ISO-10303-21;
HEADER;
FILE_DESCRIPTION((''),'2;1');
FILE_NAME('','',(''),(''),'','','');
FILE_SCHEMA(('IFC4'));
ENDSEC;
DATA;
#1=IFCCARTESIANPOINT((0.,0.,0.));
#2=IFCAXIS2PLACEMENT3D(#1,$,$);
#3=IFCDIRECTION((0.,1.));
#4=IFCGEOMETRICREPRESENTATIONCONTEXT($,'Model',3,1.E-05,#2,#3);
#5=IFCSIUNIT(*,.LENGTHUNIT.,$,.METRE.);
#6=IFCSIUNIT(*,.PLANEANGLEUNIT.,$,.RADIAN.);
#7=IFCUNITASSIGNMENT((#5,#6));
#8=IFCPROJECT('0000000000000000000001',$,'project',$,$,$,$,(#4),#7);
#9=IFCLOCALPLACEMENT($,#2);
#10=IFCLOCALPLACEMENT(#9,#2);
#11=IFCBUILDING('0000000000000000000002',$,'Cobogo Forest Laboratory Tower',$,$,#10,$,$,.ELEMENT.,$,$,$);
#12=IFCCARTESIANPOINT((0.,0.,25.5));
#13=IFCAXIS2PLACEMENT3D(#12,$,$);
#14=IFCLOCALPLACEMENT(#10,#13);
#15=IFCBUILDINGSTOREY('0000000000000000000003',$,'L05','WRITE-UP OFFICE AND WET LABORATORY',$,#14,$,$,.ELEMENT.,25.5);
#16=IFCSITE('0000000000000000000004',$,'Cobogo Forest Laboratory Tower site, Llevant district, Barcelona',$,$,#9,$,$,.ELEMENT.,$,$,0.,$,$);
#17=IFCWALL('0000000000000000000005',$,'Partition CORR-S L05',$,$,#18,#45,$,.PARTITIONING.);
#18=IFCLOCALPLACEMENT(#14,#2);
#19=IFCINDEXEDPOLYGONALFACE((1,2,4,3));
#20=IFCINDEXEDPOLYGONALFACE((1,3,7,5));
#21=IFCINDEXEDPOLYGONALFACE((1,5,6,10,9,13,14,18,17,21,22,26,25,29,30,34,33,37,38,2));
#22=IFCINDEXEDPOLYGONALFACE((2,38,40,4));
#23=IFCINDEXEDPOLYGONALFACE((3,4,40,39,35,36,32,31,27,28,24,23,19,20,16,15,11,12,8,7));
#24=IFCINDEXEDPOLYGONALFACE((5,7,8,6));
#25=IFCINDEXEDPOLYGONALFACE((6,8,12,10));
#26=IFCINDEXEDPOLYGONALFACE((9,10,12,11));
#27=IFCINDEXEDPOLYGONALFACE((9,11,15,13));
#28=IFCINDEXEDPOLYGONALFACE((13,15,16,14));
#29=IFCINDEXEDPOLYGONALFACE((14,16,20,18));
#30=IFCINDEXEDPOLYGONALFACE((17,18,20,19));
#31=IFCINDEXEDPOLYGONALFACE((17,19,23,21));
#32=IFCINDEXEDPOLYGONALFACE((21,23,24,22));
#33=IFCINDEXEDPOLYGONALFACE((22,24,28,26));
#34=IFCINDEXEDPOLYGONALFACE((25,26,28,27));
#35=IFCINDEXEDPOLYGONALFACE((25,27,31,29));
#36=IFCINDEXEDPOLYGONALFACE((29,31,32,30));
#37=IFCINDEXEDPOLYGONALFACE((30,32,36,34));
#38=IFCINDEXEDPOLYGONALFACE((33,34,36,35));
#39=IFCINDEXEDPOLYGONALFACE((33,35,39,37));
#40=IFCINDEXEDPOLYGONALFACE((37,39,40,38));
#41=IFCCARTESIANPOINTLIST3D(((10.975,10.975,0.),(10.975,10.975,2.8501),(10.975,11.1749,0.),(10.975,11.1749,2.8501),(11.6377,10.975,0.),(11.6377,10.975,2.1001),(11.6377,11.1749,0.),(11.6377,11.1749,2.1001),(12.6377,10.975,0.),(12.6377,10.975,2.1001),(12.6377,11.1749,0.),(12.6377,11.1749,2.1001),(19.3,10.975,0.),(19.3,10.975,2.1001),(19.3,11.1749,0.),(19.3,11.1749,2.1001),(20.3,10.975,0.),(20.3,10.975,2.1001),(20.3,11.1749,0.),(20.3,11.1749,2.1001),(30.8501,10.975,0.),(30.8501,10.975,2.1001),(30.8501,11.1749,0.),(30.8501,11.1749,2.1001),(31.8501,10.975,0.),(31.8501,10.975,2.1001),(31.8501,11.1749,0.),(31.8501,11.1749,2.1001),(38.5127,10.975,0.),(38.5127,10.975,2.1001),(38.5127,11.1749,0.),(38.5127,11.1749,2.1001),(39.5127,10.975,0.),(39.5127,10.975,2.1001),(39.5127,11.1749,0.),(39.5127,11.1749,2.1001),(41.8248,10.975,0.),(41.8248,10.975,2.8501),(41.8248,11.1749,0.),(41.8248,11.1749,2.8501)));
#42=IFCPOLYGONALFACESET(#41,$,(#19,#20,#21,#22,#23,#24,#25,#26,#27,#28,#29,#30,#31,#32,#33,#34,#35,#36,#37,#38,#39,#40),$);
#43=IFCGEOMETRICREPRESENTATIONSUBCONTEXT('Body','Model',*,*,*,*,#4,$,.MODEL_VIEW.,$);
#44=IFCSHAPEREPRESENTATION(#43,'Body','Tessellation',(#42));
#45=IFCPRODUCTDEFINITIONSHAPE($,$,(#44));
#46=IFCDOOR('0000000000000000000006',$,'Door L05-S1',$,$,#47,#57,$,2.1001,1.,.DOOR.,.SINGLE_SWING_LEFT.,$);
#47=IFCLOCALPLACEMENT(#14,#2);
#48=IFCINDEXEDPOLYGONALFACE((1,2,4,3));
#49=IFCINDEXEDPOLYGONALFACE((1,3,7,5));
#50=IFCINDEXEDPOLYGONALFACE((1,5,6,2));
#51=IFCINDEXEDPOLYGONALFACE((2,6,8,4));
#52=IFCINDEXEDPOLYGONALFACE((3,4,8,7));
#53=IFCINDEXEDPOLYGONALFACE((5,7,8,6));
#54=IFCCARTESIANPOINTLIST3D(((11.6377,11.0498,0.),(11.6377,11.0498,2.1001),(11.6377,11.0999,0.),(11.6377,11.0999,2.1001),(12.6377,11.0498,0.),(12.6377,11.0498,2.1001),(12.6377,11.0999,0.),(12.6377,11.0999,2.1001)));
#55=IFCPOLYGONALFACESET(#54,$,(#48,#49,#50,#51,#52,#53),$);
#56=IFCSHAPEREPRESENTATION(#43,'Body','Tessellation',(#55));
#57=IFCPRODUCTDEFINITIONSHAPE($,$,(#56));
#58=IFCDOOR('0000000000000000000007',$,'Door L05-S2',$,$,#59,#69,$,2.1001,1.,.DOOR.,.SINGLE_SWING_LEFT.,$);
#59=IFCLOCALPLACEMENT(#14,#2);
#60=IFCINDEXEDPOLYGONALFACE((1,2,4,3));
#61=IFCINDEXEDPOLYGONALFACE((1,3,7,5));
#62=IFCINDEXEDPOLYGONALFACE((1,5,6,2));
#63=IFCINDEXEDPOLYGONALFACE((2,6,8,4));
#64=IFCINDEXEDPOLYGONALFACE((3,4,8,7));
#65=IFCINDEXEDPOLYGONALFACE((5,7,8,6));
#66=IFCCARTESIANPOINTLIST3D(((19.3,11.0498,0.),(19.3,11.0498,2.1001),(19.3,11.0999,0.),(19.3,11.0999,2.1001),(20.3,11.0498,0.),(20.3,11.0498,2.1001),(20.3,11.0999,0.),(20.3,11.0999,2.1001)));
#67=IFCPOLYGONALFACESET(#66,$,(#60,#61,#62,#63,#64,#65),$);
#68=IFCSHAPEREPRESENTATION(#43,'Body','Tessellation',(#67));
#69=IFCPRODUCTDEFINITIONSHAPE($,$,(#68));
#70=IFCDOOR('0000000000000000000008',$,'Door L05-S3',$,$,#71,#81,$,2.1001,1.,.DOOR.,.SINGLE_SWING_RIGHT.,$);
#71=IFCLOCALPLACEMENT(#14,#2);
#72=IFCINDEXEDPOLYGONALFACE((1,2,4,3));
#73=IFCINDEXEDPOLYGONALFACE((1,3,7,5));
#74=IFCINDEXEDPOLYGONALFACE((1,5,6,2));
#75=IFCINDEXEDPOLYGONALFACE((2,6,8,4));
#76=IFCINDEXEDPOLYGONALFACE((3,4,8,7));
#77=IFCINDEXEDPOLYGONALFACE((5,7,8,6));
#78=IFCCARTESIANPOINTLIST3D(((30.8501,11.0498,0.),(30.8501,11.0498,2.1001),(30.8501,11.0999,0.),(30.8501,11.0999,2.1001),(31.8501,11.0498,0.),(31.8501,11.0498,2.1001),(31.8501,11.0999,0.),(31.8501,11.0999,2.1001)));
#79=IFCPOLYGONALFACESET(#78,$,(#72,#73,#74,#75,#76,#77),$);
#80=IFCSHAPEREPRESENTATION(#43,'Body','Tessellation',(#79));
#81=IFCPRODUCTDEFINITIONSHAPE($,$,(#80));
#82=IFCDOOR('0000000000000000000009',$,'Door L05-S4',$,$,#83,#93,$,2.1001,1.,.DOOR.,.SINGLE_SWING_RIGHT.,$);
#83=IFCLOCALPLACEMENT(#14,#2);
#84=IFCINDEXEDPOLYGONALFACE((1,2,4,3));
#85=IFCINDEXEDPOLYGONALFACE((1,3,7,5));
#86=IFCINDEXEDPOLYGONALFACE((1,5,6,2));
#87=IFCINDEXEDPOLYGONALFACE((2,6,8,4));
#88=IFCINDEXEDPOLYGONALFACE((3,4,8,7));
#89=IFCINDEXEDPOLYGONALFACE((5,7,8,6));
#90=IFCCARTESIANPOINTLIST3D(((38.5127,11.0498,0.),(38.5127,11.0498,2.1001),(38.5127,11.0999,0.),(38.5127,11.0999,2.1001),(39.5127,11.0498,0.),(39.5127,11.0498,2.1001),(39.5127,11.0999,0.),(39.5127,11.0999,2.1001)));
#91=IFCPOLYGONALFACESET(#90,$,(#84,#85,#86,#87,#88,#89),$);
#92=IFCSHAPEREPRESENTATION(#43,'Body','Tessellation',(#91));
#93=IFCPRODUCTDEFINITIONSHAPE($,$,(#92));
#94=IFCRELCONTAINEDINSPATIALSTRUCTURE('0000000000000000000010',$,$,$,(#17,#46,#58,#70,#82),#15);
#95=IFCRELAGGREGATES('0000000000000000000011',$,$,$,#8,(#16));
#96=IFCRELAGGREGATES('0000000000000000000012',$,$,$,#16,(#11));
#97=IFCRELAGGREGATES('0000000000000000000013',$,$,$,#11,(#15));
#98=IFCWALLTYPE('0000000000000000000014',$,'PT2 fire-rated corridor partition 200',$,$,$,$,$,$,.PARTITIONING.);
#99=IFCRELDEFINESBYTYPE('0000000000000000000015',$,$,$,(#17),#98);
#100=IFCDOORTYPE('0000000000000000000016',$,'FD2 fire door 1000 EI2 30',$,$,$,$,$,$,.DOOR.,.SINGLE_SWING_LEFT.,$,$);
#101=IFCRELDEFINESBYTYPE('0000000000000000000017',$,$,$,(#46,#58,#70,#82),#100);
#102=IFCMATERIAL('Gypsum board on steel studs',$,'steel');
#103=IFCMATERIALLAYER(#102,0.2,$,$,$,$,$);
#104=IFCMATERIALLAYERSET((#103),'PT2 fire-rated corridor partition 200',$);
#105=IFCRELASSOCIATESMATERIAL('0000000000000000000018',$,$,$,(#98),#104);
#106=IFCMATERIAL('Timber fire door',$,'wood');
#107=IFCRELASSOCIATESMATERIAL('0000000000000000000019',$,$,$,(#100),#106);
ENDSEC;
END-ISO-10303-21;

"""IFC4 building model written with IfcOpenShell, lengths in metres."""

from ifc_helpers import new_model, si_unit, direction, frame, frame_2d, origin, place, context, subcontext, project, spatial, rectangle, extrude, material, layer, layer_set, type_object, element, fill, save


model = new_model("IFC4")

# Units and contexts
model_context = context("Model", 3, precision=1e-05, world=origin(), true_north=direction((0.0, 1.0)))
body_context = subcontext(model_context, "Body", "Model", "MODEL_VIEW")
ifc_project = project(units=[si_unit("LENGTHUNIT", "METRE"), si_unit("PLANEANGLEUNIT", "RADIAN")], contexts=[model_context])

# Site, building, storey
site_placement = place(None, origin())
site = spatial("IfcSite", under=ifc_project, at=site_placement, Name="Cobogo Forest Laboratory Tower site, Llevant district, Barcelona", CompositionType="ELEMENT", RefElevation=0.0)
building_placement = place(site_placement, origin())
building = spatial("IfcBuilding", under=site, at=building_placement, Name="Cobogo Forest Laboratory Tower", CompositionType="ELEMENT")
storey_placement = place(building_placement, frame((0.0, 0.0, 25.5)))
storey = spatial("IfcBuildingStorey", under=building, at=storey_placement, Name="L05", Description="WRITE-UP OFFICE AND WET LABORATORY", CompositionType="ELEMENT", Elevation=25.5)

# Shared definitions
ifc_material_1 = material(Name="Gypsum board on steel studs", Category="steel")

# Wall, openings, doors
ifc_layer_1 = layer(ifc_material_1, 0.2)
ifc_layer_set_1 = layer_set([ifc_layer_1], Name="PT2 fire-rated corridor partition 200")
wall_type_1 = type_object("IfcWallType", Name="PT2 fire-rated corridor partition 200", PredefinedType="PARTITIONING", material=ifc_layer_set_1)
wall_1_placement = place(storey_placement, frame((10.9751, 11.075, 0.0), z_axis=(0.0, 0.0, 1.0), x_axis=(1.0, 0.0, 0.0)))
wall_1 = element("IfcWall", 1, at=wall_1_placement, inside=storey, type_object=wall_type_1, Name="Partition CORR-S L05", PredefinedType="PARTITIONING", context=body_context, shape_type="SweptSolid", body=[
    extrude(rectangle(XDim=30.8499, YDim=0.2, at=frame_2d((15.4248, 0.0))), origin(), (0.0, 0.0, 1.0), 2.8501),
])
opening_1_placement = place(wall_1_placement, frame((0.6626, 0.0, 0.0)))
opening_1 = element("IfcOpeningElement", 2, at=opening_1_placement, cuts=wall_1, PredefinedType="OPENING", context=body_context, shape_type="SweptSolid", body=[
    extrude(rectangle(XDim=1.0, YDim=2.1001, at=frame_2d((0.5, 1.05))), frame((0.0, 0.1099, 0.0), z_axis=(0.0, -1.0, 0.0), x_axis=(1.0, 0.0, 0.0)), (0.0, 0.0, 1.0), 0.22),
])
opening_2_placement = place(wall_1_placement, frame((8.325, 0.0, 0.0)))
opening_2 = element("IfcOpeningElement", 3, at=opening_2_placement, cuts=wall_1, PredefinedType="OPENING", context=body_context, shape_type="SweptSolid", body=[
    extrude(rectangle(XDim=1.0, YDim=2.1001, at=frame_2d((0.5, 1.05))), frame((0.0, 0.1099, 0.0), z_axis=(0.0, -1.0, 0.0), x_axis=(1.0, 0.0, 0.0)), (0.0, 0.0, 1.0), 0.22),
])
opening_3_placement = place(wall_1_placement, frame((19.875, 0.0, 0.0)))
opening_3 = element("IfcOpeningElement", 4, at=opening_3_placement, cuts=wall_1, PredefinedType="OPENING", context=body_context, shape_type="SweptSolid", body=[
    extrude(rectangle(XDim=1.0, YDim=2.1001, at=frame_2d((0.5, 1.05))), frame((0.0, 0.1099, 0.0), z_axis=(0.0, -1.0, 0.0), x_axis=(1.0, 0.0, 0.0)), (0.0, 0.0, 1.0), 0.22),
])
opening_4_placement = place(wall_1_placement, frame((27.5376, 0.0, 0.0)))
opening_4 = element("IfcOpeningElement", 5, at=opening_4_placement, cuts=wall_1, PredefinedType="OPENING", context=body_context, shape_type="SweptSolid", body=[
    extrude(rectangle(XDim=1.0, YDim=2.1001, at=frame_2d((0.5, 1.05))), frame((0.0, 0.1099, 0.0), z_axis=(0.0, -1.0, 0.0), x_axis=(1.0, 0.0, 0.0)), (0.0, 0.0, 1.0), 0.22),
])
ifc_material_2 = material(Name="Timber fire door", Category="wood")
door_type_1 = type_object("IfcDoorType", Name="FD2 fire door 1000 EI2 30", OperationType="SINGLE_SWING_LEFT", PredefinedType="DOOR", material=ifc_material_2)
door_1_placement = place(opening_1_placement, origin())
door_1 = element("IfcDoor", 6, at=door_1_placement, inside=storey, type_object=door_type_1, Name="Door L05-S1", OperationType="SINGLE_SWING_LEFT", OverallHeight=2.1001, OverallWidth=1.0, PredefinedType="DOOR", context=body_context, shape_type="SweptSolid", body=[
    extrude(rectangle(XDim=1.0, YDim=2.1001, at=frame_2d((0.5, 1.05))), frame((0.0, 0.0249, 0.0), z_axis=(0.0, -1.0, 0.0), x_axis=(1.0, 0.0, 0.0)), (0.0, 0.0, 1.0), 0.05),
])
fill(opening_1, door_1)
door_2_placement = place(opening_2_placement, origin())
door_2 = element("IfcDoor", 7, at=door_2_placement, inside=storey, type_object=door_type_1, Name="Door L05-S2", OperationType="SINGLE_SWING_LEFT", OverallHeight=2.1001, OverallWidth=1.0, PredefinedType="DOOR", context=body_context, shape_type="SweptSolid", body=[
    extrude(rectangle(XDim=1.0, YDim=2.1001, at=frame_2d((0.5, 1.05))), frame((0.0, 0.0249, 0.0), z_axis=(0.0, -1.0, 0.0), x_axis=(1.0, 0.0, 0.0)), (0.0, 0.0, 1.0), 0.05),
])
fill(opening_2, door_2)
door_3_placement = place(opening_3_placement, origin())
door_3 = element("IfcDoor", 8, at=door_3_placement, inside=storey, type_object=door_type_1, Name="Door L05-S3", OperationType="SINGLE_SWING_RIGHT", OverallHeight=2.1001, OverallWidth=1.0, PredefinedType="DOOR", context=body_context, shape_type="SweptSolid", body=[
    extrude(rectangle(XDim=1.0, YDim=2.1001, at=frame_2d((0.5, 1.05))), frame((0.0, 0.0249, 0.0), z_axis=(0.0, -1.0, 0.0), x_axis=(1.0, 0.0, 0.0)), (0.0, 0.0, 1.0), 0.05),
])
fill(opening_3, door_3)
door_4_placement = place(opening_4_placement, origin())
door_4 = element("IfcDoor", 9, at=door_4_placement, inside=storey, type_object=door_type_1, Name="Door L05-S4", OperationType="SINGLE_SWING_RIGHT", OverallHeight=2.1001, OverallWidth=1.0, PredefinedType="DOOR", context=body_context, shape_type="SweptSolid", body=[
    extrude(rectangle(XDim=1.0, YDim=2.1001, at=frame_2d((0.5, 1.05))), frame((0.0, 0.0249, 0.0), z_axis=(0.0, -1.0, 0.0), x_axis=(1.0, 0.0, 0.0)), (0.0, 0.0, 1.0), 0.05),
])
fill(opening_4, door_4)

save(model, "model.ifc")
